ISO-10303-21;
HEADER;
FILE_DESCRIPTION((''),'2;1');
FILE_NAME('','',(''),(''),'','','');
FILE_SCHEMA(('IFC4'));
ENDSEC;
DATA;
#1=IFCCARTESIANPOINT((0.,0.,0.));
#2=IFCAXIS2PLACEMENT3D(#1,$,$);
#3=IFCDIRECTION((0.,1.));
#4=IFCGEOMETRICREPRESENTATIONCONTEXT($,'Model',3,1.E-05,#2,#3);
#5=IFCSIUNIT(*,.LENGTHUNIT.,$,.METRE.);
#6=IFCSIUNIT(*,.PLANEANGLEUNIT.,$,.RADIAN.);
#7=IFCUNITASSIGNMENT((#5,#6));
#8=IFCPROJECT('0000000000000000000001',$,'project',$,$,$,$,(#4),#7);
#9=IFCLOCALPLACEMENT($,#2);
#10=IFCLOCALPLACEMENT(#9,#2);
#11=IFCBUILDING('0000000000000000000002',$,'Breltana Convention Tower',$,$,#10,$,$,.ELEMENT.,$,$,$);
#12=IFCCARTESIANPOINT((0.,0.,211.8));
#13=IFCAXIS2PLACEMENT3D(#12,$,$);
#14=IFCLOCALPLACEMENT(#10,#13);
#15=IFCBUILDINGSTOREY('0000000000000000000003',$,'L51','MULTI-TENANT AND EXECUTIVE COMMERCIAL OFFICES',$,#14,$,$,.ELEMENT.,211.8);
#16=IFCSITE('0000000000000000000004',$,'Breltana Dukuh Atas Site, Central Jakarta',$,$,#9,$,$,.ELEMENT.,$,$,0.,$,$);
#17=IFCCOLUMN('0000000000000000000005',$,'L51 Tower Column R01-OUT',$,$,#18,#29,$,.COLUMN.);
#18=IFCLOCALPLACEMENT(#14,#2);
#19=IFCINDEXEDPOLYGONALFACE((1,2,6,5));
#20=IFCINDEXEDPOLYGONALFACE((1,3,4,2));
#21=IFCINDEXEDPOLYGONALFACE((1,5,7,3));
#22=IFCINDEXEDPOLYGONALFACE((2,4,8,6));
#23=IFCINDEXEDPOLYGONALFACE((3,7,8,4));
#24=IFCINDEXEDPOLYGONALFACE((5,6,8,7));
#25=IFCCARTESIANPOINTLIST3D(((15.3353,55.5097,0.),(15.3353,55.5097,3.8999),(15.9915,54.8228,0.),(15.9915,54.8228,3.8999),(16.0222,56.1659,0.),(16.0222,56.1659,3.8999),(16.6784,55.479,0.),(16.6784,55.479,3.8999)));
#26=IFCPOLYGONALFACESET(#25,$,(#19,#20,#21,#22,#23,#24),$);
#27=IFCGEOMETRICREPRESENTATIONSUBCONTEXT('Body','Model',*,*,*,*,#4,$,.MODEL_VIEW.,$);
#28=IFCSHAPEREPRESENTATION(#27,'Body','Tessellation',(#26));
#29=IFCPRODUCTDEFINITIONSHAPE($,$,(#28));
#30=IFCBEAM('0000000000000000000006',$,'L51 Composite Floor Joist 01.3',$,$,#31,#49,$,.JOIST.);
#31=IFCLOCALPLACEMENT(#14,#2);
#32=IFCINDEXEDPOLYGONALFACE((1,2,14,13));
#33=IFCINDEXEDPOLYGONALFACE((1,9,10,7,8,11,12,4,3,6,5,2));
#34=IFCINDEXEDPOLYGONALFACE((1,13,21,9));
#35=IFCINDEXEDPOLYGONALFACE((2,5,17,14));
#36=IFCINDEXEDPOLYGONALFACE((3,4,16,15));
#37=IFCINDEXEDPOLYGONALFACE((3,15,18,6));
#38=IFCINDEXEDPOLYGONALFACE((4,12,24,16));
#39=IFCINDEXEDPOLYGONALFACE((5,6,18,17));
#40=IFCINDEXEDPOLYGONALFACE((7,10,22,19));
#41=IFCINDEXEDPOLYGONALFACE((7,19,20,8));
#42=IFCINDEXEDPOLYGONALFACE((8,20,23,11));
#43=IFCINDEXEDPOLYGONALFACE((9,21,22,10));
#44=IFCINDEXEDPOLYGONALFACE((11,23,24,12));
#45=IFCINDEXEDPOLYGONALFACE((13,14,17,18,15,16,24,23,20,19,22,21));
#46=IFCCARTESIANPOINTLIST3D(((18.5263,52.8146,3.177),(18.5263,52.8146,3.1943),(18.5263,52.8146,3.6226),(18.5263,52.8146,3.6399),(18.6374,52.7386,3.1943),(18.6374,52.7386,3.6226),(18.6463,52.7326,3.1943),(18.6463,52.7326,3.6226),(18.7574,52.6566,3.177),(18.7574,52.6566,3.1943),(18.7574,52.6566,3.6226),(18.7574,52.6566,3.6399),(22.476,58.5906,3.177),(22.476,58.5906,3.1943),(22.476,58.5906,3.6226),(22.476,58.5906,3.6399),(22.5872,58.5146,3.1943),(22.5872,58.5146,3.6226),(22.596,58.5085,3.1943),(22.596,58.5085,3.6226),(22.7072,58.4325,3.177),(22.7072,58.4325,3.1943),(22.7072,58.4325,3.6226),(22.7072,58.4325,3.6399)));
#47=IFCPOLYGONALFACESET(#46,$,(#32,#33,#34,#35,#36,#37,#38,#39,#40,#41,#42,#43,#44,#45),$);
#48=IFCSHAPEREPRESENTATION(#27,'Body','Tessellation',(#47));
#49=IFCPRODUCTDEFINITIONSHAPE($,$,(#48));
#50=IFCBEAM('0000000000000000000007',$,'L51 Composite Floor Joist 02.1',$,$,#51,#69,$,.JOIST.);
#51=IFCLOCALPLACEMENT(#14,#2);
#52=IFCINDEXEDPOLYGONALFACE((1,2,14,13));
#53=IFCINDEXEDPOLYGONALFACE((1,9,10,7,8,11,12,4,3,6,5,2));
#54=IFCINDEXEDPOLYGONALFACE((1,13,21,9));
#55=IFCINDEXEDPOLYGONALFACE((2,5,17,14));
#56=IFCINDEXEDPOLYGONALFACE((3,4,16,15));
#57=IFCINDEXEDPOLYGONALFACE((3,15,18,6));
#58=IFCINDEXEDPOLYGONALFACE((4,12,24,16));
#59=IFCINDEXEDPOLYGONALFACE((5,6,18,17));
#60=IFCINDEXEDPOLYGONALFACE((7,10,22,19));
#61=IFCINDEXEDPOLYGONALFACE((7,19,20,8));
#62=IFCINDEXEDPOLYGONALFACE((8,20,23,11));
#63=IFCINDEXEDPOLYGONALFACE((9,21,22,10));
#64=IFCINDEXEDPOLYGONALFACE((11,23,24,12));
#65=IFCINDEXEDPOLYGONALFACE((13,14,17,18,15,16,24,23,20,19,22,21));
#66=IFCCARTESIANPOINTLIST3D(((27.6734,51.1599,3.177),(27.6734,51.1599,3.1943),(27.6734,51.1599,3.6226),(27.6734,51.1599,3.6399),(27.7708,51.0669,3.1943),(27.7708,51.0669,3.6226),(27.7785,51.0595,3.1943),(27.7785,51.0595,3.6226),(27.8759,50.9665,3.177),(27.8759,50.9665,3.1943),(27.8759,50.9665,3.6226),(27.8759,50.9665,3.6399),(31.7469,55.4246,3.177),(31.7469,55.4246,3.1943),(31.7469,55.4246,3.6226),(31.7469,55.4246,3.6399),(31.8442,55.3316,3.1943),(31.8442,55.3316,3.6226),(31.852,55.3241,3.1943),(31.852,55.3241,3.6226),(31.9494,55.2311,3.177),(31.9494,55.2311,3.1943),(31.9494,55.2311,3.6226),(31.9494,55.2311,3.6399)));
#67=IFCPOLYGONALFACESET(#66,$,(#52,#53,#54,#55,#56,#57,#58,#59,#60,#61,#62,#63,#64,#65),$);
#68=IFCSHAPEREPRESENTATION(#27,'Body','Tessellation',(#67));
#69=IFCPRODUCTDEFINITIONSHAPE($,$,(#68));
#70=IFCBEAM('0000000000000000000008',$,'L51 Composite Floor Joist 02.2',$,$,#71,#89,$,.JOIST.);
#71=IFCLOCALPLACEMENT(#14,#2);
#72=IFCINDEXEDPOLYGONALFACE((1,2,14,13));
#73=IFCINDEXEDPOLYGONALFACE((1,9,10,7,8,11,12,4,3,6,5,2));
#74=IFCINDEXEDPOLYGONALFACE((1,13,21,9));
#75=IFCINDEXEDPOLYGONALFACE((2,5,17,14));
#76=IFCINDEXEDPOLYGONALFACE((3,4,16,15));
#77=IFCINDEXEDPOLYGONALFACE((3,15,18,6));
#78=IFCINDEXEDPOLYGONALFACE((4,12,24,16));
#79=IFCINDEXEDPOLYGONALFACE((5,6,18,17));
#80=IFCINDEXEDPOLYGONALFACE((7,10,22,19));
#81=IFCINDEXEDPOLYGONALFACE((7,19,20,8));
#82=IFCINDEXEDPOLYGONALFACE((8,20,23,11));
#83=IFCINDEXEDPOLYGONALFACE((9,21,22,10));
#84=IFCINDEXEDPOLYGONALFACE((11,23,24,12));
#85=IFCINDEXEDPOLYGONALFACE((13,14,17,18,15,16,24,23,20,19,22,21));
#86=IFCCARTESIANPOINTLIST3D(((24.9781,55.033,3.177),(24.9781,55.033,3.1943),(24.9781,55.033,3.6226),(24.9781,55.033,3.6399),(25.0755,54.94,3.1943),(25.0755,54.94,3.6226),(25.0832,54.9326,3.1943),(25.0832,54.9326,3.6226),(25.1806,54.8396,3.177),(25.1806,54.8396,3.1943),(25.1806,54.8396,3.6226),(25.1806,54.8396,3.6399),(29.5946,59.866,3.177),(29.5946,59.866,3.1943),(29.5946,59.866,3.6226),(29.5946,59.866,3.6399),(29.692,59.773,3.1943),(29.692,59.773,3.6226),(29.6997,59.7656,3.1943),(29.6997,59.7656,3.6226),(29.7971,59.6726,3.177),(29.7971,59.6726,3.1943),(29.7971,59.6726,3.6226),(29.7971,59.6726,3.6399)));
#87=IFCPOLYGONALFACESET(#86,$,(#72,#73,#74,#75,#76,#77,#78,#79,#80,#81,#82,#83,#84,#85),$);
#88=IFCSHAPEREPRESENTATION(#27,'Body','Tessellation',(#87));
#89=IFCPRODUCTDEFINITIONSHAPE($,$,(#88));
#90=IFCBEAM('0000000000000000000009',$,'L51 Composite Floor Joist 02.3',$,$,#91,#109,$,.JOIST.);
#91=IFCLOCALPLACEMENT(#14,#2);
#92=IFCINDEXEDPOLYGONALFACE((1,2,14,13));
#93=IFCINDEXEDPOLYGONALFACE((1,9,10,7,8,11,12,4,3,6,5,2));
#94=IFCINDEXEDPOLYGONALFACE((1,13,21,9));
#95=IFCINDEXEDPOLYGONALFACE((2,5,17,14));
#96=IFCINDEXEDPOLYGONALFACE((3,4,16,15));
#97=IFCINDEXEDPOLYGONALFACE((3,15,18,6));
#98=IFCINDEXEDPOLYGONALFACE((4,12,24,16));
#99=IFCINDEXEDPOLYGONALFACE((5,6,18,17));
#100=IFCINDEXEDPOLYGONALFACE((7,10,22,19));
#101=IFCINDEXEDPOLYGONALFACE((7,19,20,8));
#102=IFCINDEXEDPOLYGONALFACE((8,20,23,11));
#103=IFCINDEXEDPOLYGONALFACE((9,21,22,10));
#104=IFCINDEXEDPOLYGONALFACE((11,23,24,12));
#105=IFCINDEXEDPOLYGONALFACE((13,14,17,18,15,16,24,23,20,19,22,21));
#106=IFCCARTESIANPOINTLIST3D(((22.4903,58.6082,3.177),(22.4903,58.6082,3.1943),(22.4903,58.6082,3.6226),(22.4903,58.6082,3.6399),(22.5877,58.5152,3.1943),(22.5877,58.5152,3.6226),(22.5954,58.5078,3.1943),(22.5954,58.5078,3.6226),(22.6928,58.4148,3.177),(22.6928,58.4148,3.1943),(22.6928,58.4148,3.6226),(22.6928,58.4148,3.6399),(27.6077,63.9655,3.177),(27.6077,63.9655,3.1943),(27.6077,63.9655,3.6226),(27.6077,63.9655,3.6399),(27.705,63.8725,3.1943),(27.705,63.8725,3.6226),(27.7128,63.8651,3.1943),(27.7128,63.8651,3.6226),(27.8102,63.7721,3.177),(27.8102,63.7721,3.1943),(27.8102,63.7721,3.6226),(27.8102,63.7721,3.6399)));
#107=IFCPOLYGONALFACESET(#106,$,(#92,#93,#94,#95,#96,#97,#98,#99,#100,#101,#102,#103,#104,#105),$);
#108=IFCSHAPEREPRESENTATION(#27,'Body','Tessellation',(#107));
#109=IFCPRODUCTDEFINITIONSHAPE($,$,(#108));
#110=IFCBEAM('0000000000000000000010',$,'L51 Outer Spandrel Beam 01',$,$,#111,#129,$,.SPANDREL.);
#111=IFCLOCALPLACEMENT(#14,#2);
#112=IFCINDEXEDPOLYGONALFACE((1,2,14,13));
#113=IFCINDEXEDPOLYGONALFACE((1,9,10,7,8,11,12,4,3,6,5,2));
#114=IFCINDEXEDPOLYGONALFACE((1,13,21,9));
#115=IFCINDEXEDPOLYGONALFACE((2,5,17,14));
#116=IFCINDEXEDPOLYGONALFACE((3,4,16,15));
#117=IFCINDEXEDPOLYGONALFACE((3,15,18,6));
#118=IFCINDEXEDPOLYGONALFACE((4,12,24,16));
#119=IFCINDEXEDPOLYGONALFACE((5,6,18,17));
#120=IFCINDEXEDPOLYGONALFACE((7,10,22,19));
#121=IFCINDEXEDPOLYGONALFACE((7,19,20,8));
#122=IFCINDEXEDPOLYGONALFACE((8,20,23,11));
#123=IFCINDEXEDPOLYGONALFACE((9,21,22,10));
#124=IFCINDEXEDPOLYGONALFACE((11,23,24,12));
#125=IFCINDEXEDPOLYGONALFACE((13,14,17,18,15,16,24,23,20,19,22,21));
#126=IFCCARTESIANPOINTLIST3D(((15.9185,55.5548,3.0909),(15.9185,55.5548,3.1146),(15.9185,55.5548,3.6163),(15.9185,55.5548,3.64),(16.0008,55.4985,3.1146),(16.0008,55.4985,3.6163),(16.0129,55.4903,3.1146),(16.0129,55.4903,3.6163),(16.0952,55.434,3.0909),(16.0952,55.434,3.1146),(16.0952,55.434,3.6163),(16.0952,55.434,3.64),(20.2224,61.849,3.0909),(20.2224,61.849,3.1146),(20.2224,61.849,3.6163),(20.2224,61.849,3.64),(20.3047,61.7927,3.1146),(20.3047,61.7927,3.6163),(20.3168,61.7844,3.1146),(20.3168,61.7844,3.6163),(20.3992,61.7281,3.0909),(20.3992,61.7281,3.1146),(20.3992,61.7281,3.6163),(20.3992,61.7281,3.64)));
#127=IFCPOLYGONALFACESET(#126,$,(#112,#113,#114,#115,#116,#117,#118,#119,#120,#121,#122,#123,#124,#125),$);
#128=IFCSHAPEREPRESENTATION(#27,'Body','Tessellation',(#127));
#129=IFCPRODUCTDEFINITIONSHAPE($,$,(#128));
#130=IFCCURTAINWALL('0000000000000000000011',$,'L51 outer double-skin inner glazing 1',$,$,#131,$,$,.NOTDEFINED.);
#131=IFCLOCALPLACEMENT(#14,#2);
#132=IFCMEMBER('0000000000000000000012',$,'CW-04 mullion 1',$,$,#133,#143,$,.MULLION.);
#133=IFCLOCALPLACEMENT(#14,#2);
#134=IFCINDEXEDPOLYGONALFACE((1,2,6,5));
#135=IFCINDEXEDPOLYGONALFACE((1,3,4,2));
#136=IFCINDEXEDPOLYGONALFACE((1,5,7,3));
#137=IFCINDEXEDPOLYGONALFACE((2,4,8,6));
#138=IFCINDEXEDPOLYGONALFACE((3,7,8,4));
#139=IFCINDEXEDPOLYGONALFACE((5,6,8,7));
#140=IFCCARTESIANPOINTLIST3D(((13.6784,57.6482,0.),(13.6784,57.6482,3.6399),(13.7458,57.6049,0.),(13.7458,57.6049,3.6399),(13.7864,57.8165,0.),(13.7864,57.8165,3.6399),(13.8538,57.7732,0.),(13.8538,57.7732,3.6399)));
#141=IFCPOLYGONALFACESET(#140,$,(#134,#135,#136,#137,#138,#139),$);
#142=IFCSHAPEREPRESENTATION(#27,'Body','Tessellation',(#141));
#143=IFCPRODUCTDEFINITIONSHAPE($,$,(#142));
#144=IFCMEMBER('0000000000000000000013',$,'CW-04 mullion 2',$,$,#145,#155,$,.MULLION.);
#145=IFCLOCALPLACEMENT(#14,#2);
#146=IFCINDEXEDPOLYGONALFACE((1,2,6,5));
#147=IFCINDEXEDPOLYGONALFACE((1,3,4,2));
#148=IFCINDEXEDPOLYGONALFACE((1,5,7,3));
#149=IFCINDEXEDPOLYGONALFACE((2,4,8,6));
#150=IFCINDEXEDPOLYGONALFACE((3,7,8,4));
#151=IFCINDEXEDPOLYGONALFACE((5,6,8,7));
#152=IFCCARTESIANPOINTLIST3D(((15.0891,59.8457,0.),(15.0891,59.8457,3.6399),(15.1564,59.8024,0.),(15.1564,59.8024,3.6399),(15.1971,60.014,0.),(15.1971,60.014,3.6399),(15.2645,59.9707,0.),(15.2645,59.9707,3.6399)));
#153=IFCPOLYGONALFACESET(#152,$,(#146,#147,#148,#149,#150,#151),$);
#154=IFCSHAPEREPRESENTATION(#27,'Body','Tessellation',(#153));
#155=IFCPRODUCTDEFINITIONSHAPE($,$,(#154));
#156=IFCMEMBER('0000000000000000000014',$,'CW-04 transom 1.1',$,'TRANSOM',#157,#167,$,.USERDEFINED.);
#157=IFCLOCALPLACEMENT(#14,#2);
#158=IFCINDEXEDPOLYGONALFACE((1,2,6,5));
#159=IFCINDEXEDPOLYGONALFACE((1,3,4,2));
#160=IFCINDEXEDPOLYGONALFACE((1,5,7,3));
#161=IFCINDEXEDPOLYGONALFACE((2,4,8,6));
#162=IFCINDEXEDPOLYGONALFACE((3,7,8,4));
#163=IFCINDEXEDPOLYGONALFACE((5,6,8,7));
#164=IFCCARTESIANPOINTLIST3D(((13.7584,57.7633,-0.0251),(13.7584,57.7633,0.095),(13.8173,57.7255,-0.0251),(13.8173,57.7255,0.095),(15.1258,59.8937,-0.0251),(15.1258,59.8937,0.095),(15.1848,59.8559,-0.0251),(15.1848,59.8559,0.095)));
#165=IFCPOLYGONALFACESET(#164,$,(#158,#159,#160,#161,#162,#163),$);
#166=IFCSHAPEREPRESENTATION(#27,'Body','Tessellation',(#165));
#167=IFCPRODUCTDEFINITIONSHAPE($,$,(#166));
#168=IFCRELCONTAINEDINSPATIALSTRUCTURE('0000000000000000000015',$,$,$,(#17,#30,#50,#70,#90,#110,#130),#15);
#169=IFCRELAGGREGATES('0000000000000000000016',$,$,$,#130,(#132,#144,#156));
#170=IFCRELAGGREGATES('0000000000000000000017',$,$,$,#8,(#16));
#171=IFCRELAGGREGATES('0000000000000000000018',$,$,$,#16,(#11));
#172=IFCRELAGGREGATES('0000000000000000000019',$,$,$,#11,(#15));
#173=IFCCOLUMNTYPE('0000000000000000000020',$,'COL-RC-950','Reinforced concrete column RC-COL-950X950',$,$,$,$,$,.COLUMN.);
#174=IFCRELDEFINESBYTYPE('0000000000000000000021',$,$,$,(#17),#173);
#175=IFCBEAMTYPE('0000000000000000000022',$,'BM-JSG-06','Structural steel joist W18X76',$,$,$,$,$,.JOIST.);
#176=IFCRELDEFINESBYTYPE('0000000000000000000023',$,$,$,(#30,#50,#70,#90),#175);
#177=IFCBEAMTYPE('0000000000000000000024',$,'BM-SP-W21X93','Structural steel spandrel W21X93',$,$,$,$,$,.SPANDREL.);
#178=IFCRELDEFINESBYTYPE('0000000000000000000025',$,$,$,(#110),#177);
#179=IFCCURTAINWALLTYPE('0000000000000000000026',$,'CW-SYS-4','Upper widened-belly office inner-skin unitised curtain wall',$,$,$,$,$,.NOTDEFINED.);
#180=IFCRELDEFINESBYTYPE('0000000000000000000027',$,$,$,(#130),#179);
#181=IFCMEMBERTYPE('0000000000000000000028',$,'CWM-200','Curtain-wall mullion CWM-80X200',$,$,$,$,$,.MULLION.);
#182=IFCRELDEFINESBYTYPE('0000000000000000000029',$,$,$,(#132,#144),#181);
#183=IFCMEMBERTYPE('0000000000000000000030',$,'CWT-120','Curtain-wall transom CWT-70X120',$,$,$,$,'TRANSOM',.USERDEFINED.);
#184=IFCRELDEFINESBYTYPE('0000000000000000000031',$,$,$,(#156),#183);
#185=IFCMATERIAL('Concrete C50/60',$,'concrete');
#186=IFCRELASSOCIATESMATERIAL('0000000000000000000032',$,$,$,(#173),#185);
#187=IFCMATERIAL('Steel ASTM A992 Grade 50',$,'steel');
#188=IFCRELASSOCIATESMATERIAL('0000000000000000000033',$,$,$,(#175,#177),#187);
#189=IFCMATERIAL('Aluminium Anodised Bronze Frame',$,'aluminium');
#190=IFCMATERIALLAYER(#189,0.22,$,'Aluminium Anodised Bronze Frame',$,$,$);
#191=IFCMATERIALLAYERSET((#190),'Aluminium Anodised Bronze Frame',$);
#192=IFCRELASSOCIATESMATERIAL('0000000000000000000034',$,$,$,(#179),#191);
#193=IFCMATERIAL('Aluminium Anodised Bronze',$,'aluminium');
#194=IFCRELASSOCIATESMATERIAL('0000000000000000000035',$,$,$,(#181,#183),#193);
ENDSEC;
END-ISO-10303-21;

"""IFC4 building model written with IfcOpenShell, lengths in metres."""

from ifc_helpers import new_model, si_unit, direction, frame, origin, origin_2d, place, context, subcontext, project, spatial, rectangle, i_section, extrude, source, transform, mapped, material, layer, layer_set, material_profile, profile_set, type_object, type_shapes, element, aggregate, save


model = new_model("IFC4")

# Units and contexts
model_context = context("Model", 3, precision=1e-05, world=origin(), true_north=direction((0.0, 1.0)))
body_context = subcontext(model_context, "Body", "Model", "MODEL_VIEW")
ifc_project = project(units=[si_unit("LENGTHUNIT", "METRE"), si_unit("PLANEANGLEUNIT", "RADIAN")], contexts=[model_context])

# Site, building, storey
site_placement = place(None, origin())
site = spatial("IfcSite", under=ifc_project, at=site_placement, Name="Breltana Dukuh Atas Site, Central Jakarta", CompositionType="ELEMENT", RefElevation=0.0)
building_placement = place(site_placement, origin())
building = spatial("IfcBuilding", under=site, at=building_placement, Name="Breltana Convention Tower", CompositionType="ELEMENT")
storey_placement = place(building_placement, frame((0.0, 0.0, 211.8)))
storey = spatial("IfcBuildingStorey", under=building, at=storey_placement, Name="L51", Description="MULTI-TENANT AND EXECUTIVE COMMERCIAL OFFICES", CompositionType="ELEMENT", Elevation=211.8)

# Column
ifc_material_1 = material(Name="Concrete C50/60", Category="concrete")
ifc_material_profile_1 = material_profile(ifc_material_1, rectangle(XDim=0.95, YDim=0.95, at=origin_2d()), Name="RC-COL-950X950")
ifc_profile_set_1 = profile_set([ifc_material_profile_1], Name="Concrete C50/60")
column_type = type_object("IfcColumnType", Name="COL-RC-950", Description="Reinforced concrete column RC-COL-950X950", PredefinedType="COLUMN", material=ifc_profile_set_1)
shared_shape_1 = source(origin(), body_context, "Body", "SweptSolid", [
    extrude(rectangle(XDim=0.95, YDim=0.95, at=origin_2d()), origin(), (0.0, 0.0, 1.0), 3.8999),
])
column_placement = place(storey_placement, frame((16.0068, 55.4944, 0.0), z_axis=(0.0, 0.0, 1.0), x_axis=(-0.690756, 0.723088, 0.0)))
element("IfcColumn", 1, at=column_placement, inside=storey, type_object=column_type, Name="L51 Tower Column R01-OUT", PredefinedType="COLUMN", context=body_context, shape_type="MappedRepresentation", body=[
    mapped(shared_shape_1, transform((0.0, 0.0, 0.0), scale=1.0)),
])

# Beams
ifc_material_2 = material(Name="Steel ASTM A992 Grade 50", Category="steel")
ifc_material_profile_2 = material_profile(ifc_material_2, i_section(OverallWidth=0.28, OverallDepth=0.4629, WebThickness=0.0107, FlangeThickness=0.0173, at=origin_2d()), Name="W18X76")
ifc_profile_set_2 = profile_set([ifc_material_profile_2], Name="Steel ASTM A992 Grade 50")
beam_type_1 = type_object("IfcBeamType", Name="BM-JSG-06", Description="Structural steel joist W18X76", PredefinedType="JOIST", material=ifc_profile_set_2)
shared_shape_2 = source(origin(), body_context, "Body", "SweptSolid", [
    extrude(i_section(OverallWidth=0.28, OverallDepth=0.4629, WebThickness=0.0107, FlangeThickness=0.0173, at=origin_2d()), origin(), (0.0, 0.0, 1.0), 6.9973),
])
beam_1_placement = place(storey_placement, frame((18.6418, 52.7356, 3.4084), z_axis=(0.564469, 0.825454, 0.0), x_axis=(-0.825454, 0.564469, 0.0)))
element("IfcBeam", 2, at=beam_1_placement, inside=storey, type_object=beam_type_1, Name="L51 Composite Floor Joist 01.3", PredefinedType="JOIST", context=body_context, shape_type="MappedRepresentation", body=[
    mapped(shared_shape_2, transform((0.0, 0.0, 0.0), scale=1.0)),
])
shared_shape_3 = source(origin(), body_context, "Body", "SweptSolid", [
    extrude(i_section(OverallWidth=0.28, OverallDepth=0.4629, WebThickness=0.0107, FlangeThickness=0.0173, at=origin_2d()), origin(), (0.0, 0.0, 1.0), 5.8975),
])
beam_2_placement = place(storey_placement, frame((27.7747, 51.0632, 3.4084), z_axis=(0.690714, 0.723128, 0.0), x_axis=(-0.723128, 0.690714, 0.0)))
element("IfcBeam", 3, at=beam_2_placement, inside=storey, type_object=beam_type_1, Name="L51 Composite Floor Joist 02.1", PredefinedType="JOIST", context=body_context, shape_type="MappedRepresentation", body=[
    mapped(shared_shape_3, transform((0.0, 0.0, 0.0), scale=1.0)),
])
shared_shape_4 = source(origin(), body_context, "Body", "SweptSolid", [
    extrude(i_section(OverallWidth=0.28, OverallDepth=0.4629, WebThickness=0.0107, FlangeThickness=0.0173, at=origin_2d()), origin(), (0.0, 0.0, 1.0), 6.6836),
])
beam_3_placement = place(storey_placement, frame((25.0793, 54.9363, 3.4084), z_axis=(0.690721, 0.723122, 0.0), x_axis=(-0.723122, 0.690721, 0.0)))
element("IfcBeam", 4, at=beam_3_placement, inside=storey, type_object=beam_type_1, Name="L51 Composite Floor Joist 02.2", PredefinedType="JOIST", context=body_context, shape_type="MappedRepresentation", body=[
    mapped(shared_shape_4, transform((0.0, 0.0, 0.0), scale=1.0)),
])
shared_shape_5 = source(origin(), body_context, "Body", "SweptSolid", [
    extrude(i_section(OverallWidth=0.28, OverallDepth=0.4629, WebThickness=0.0107, FlangeThickness=0.0173, at=origin_2d()), origin(), (0.0, 0.0, 1.0), 7.4087),
])
beam_4_placement = place(storey_placement, frame((22.5916, 58.5115, 3.4084), z_axis=(0.690725, 0.723118, 0.0), x_axis=(-0.723118, 0.690725, 0.0)))
element("IfcBeam", 5, at=beam_4_placement, inside=storey, type_object=beam_type_1, Name="L51 Composite Floor Joist 02.3", PredefinedType="JOIST", context=body_context, shape_type="MappedRepresentation", body=[
    mapped(shared_shape_5, transform((0.0, 0.0, 0.0), scale=1.0)),
])
ifc_material_profile_3 = material_profile(ifc_material_2, i_section(OverallWidth=0.2141, OverallDepth=0.5491, WebThickness=0.0146, FlangeThickness=0.0237, at=origin_2d()), Name="W21X93")
ifc_profile_set_3 = profile_set([ifc_material_profile_3], Name="Steel ASTM A992 Grade 50")
beam_type_2 = type_object("IfcBeamType", Name="BM-SP-W21X93", Description="Structural steel spandrel W21X93", PredefinedType="SPANDREL", material=ifc_profile_set_3)
shared_shape_6 = source(origin(), body_context, "Body", "SweptSolid", [
    extrude(i_section(OverallWidth=0.2141, OverallDepth=0.5491, WebThickness=0.0146, FlangeThickness=0.0237, at=origin_2d()), origin(), (0.0, 0.0, 1.0), 7.625),
])
type_shapes(beam_type_2, [shared_shape_6])
beam_5_placement = place(storey_placement, frame((16.0068, 55.4944, 3.3655), z_axis=(0.564452, 0.825466, 0.0), x_axis=(-0.825466, 0.564452, 0.0)))
element("IfcBeam", 6, at=beam_5_placement, inside=storey, type_object=beam_type_2, Name="L51 Outer Spandrel Beam 01", PredefinedType="SPANDREL", context=body_context, shape_type="MappedRepresentation", body=[
    mapped(shared_shape_6, transform((0.0, 0.0, 0.0), scale=1.0)),
])

# Curtain wall, members
ifc_material_3 = material(Name="Aluminium Anodised Bronze Frame", Category="aluminium")
ifc_layer_1 = layer(ifc_material_3, 0.22, Name="Aluminium Anodised Bronze Frame")
ifc_layer_set_1 = layer_set([ifc_layer_1], Name="Aluminium Anodised Bronze Frame")
curtain_wall_type = type_object("IfcCurtainWallType", Name="CW-SYS-4", Description="Upper widened-belly office inner-skin unitised curtain wall", PredefinedType="NOTDEFINED", material=ifc_layer_set_1)
curtain_wall_placement = place(storey_placement, origin())
curtain_wall = element("IfcCurtainWall", 7, at=curtain_wall_placement, inside=storey, type_object=curtain_wall_type, Name="L51 outer double-skin inner glazing 1", PredefinedType="NOTDEFINED")
ifc_material_4 = material(Name="Aluminium Anodised Bronze", Category="aluminium")
ifc_material_profile_4 = material_profile(ifc_material_4, rectangle(XDim=0.0801, YDim=0.2, at=origin_2d()), Name="CWM-80X200")
ifc_profile_set_4 = profile_set([ifc_material_profile_4], Name="Aluminium Anodised Bronze")
member_type_1 = type_object("IfcMemberType", Name="CWM-200", Description="Curtain-wall mullion CWM-80X200", PredefinedType="MULLION", material=ifc_profile_set_4)
shared_shape_7 = source(origin(), body_context, "Body", "SweptSolid", [
    extrude(rectangle(XDim=0.0801, YDim=0.2, at=origin_2d()), origin(), (0.0, 0.0, 1.0), 3.6399),
])
member_1_placement = place(storey_placement, frame((13.7661, 57.7107, 0.0), z_axis=(0.0, 0.0, 1.0), x_axis=(-0.841548, 0.540182, 0.0)))
member_1 = element("IfcMember", 8, at=member_1_placement, type_object=member_type_1, Name="CW-04 mullion 1", PredefinedType="MULLION", context=body_context, shape_type="MappedRepresentation", body=[
    mapped(shared_shape_7, transform((0.0, 0.0, 0.0), scale=1.0)),
])
member_2_placement = place(storey_placement, frame((15.1768, 59.9082, 0.0), z_axis=(0.0, 0.0, 1.0), x_axis=(-0.841548, 0.540182, 0.0)))
member_2 = element("IfcMember", 9, at=member_2_placement, type_object=member_type_1, Name="CW-04 mullion 2", PredefinedType="MULLION", context=body_context, shape_type="MappedRepresentation", body=[
    mapped(shared_shape_7, transform((0.0, 0.0, 0.0), scale=1.0)),
])
ifc_material_profile_5 = material_profile(ifc_material_4, rectangle(XDim=0.0701, YDim=0.1201, at=origin_2d()), Name="CWT-70X120")
ifc_profile_set_5 = profile_set([ifc_material_profile_5], Name="Aluminium Anodised Bronze")
member_type_2 = type_object("IfcMemberType", Name="CWT-120", Description="Curtain-wall transom CWT-70X120", ElementType="TRANSOM", PredefinedType="USERDEFINED", material=ifc_profile_set_5)
shared_shape_8 = source(origin(), body_context, "Body", "SweptSolid", [
    extrude(rectangle(XDim=0.0701, YDim=0.1201, at=origin_2d()), origin(), (0.0, 0.0, 1.0), 2.5315),
])
member_3_placement = place(storey_placement, frame((13.7878, 57.7444, 0.0349), z_axis=(0.540173, 0.841554, 0.0), x_axis=(-0.841554, 0.540173, 0.0)))
member_3 = element("IfcMember", 10, at=member_3_placement, type_object=member_type_2, Name="CW-04 transom 1.1", ObjectType="TRANSOM", PredefinedType="USERDEFINED", context=body_context, shape_type="MappedRepresentation", body=[
    mapped(shared_shape_8, transform((0.0, 0.0, 0.0), scale=1.0)),
])
aggregate(curtain_wall, [member_1, member_2, member_3])

save(model, "model.ifc")
